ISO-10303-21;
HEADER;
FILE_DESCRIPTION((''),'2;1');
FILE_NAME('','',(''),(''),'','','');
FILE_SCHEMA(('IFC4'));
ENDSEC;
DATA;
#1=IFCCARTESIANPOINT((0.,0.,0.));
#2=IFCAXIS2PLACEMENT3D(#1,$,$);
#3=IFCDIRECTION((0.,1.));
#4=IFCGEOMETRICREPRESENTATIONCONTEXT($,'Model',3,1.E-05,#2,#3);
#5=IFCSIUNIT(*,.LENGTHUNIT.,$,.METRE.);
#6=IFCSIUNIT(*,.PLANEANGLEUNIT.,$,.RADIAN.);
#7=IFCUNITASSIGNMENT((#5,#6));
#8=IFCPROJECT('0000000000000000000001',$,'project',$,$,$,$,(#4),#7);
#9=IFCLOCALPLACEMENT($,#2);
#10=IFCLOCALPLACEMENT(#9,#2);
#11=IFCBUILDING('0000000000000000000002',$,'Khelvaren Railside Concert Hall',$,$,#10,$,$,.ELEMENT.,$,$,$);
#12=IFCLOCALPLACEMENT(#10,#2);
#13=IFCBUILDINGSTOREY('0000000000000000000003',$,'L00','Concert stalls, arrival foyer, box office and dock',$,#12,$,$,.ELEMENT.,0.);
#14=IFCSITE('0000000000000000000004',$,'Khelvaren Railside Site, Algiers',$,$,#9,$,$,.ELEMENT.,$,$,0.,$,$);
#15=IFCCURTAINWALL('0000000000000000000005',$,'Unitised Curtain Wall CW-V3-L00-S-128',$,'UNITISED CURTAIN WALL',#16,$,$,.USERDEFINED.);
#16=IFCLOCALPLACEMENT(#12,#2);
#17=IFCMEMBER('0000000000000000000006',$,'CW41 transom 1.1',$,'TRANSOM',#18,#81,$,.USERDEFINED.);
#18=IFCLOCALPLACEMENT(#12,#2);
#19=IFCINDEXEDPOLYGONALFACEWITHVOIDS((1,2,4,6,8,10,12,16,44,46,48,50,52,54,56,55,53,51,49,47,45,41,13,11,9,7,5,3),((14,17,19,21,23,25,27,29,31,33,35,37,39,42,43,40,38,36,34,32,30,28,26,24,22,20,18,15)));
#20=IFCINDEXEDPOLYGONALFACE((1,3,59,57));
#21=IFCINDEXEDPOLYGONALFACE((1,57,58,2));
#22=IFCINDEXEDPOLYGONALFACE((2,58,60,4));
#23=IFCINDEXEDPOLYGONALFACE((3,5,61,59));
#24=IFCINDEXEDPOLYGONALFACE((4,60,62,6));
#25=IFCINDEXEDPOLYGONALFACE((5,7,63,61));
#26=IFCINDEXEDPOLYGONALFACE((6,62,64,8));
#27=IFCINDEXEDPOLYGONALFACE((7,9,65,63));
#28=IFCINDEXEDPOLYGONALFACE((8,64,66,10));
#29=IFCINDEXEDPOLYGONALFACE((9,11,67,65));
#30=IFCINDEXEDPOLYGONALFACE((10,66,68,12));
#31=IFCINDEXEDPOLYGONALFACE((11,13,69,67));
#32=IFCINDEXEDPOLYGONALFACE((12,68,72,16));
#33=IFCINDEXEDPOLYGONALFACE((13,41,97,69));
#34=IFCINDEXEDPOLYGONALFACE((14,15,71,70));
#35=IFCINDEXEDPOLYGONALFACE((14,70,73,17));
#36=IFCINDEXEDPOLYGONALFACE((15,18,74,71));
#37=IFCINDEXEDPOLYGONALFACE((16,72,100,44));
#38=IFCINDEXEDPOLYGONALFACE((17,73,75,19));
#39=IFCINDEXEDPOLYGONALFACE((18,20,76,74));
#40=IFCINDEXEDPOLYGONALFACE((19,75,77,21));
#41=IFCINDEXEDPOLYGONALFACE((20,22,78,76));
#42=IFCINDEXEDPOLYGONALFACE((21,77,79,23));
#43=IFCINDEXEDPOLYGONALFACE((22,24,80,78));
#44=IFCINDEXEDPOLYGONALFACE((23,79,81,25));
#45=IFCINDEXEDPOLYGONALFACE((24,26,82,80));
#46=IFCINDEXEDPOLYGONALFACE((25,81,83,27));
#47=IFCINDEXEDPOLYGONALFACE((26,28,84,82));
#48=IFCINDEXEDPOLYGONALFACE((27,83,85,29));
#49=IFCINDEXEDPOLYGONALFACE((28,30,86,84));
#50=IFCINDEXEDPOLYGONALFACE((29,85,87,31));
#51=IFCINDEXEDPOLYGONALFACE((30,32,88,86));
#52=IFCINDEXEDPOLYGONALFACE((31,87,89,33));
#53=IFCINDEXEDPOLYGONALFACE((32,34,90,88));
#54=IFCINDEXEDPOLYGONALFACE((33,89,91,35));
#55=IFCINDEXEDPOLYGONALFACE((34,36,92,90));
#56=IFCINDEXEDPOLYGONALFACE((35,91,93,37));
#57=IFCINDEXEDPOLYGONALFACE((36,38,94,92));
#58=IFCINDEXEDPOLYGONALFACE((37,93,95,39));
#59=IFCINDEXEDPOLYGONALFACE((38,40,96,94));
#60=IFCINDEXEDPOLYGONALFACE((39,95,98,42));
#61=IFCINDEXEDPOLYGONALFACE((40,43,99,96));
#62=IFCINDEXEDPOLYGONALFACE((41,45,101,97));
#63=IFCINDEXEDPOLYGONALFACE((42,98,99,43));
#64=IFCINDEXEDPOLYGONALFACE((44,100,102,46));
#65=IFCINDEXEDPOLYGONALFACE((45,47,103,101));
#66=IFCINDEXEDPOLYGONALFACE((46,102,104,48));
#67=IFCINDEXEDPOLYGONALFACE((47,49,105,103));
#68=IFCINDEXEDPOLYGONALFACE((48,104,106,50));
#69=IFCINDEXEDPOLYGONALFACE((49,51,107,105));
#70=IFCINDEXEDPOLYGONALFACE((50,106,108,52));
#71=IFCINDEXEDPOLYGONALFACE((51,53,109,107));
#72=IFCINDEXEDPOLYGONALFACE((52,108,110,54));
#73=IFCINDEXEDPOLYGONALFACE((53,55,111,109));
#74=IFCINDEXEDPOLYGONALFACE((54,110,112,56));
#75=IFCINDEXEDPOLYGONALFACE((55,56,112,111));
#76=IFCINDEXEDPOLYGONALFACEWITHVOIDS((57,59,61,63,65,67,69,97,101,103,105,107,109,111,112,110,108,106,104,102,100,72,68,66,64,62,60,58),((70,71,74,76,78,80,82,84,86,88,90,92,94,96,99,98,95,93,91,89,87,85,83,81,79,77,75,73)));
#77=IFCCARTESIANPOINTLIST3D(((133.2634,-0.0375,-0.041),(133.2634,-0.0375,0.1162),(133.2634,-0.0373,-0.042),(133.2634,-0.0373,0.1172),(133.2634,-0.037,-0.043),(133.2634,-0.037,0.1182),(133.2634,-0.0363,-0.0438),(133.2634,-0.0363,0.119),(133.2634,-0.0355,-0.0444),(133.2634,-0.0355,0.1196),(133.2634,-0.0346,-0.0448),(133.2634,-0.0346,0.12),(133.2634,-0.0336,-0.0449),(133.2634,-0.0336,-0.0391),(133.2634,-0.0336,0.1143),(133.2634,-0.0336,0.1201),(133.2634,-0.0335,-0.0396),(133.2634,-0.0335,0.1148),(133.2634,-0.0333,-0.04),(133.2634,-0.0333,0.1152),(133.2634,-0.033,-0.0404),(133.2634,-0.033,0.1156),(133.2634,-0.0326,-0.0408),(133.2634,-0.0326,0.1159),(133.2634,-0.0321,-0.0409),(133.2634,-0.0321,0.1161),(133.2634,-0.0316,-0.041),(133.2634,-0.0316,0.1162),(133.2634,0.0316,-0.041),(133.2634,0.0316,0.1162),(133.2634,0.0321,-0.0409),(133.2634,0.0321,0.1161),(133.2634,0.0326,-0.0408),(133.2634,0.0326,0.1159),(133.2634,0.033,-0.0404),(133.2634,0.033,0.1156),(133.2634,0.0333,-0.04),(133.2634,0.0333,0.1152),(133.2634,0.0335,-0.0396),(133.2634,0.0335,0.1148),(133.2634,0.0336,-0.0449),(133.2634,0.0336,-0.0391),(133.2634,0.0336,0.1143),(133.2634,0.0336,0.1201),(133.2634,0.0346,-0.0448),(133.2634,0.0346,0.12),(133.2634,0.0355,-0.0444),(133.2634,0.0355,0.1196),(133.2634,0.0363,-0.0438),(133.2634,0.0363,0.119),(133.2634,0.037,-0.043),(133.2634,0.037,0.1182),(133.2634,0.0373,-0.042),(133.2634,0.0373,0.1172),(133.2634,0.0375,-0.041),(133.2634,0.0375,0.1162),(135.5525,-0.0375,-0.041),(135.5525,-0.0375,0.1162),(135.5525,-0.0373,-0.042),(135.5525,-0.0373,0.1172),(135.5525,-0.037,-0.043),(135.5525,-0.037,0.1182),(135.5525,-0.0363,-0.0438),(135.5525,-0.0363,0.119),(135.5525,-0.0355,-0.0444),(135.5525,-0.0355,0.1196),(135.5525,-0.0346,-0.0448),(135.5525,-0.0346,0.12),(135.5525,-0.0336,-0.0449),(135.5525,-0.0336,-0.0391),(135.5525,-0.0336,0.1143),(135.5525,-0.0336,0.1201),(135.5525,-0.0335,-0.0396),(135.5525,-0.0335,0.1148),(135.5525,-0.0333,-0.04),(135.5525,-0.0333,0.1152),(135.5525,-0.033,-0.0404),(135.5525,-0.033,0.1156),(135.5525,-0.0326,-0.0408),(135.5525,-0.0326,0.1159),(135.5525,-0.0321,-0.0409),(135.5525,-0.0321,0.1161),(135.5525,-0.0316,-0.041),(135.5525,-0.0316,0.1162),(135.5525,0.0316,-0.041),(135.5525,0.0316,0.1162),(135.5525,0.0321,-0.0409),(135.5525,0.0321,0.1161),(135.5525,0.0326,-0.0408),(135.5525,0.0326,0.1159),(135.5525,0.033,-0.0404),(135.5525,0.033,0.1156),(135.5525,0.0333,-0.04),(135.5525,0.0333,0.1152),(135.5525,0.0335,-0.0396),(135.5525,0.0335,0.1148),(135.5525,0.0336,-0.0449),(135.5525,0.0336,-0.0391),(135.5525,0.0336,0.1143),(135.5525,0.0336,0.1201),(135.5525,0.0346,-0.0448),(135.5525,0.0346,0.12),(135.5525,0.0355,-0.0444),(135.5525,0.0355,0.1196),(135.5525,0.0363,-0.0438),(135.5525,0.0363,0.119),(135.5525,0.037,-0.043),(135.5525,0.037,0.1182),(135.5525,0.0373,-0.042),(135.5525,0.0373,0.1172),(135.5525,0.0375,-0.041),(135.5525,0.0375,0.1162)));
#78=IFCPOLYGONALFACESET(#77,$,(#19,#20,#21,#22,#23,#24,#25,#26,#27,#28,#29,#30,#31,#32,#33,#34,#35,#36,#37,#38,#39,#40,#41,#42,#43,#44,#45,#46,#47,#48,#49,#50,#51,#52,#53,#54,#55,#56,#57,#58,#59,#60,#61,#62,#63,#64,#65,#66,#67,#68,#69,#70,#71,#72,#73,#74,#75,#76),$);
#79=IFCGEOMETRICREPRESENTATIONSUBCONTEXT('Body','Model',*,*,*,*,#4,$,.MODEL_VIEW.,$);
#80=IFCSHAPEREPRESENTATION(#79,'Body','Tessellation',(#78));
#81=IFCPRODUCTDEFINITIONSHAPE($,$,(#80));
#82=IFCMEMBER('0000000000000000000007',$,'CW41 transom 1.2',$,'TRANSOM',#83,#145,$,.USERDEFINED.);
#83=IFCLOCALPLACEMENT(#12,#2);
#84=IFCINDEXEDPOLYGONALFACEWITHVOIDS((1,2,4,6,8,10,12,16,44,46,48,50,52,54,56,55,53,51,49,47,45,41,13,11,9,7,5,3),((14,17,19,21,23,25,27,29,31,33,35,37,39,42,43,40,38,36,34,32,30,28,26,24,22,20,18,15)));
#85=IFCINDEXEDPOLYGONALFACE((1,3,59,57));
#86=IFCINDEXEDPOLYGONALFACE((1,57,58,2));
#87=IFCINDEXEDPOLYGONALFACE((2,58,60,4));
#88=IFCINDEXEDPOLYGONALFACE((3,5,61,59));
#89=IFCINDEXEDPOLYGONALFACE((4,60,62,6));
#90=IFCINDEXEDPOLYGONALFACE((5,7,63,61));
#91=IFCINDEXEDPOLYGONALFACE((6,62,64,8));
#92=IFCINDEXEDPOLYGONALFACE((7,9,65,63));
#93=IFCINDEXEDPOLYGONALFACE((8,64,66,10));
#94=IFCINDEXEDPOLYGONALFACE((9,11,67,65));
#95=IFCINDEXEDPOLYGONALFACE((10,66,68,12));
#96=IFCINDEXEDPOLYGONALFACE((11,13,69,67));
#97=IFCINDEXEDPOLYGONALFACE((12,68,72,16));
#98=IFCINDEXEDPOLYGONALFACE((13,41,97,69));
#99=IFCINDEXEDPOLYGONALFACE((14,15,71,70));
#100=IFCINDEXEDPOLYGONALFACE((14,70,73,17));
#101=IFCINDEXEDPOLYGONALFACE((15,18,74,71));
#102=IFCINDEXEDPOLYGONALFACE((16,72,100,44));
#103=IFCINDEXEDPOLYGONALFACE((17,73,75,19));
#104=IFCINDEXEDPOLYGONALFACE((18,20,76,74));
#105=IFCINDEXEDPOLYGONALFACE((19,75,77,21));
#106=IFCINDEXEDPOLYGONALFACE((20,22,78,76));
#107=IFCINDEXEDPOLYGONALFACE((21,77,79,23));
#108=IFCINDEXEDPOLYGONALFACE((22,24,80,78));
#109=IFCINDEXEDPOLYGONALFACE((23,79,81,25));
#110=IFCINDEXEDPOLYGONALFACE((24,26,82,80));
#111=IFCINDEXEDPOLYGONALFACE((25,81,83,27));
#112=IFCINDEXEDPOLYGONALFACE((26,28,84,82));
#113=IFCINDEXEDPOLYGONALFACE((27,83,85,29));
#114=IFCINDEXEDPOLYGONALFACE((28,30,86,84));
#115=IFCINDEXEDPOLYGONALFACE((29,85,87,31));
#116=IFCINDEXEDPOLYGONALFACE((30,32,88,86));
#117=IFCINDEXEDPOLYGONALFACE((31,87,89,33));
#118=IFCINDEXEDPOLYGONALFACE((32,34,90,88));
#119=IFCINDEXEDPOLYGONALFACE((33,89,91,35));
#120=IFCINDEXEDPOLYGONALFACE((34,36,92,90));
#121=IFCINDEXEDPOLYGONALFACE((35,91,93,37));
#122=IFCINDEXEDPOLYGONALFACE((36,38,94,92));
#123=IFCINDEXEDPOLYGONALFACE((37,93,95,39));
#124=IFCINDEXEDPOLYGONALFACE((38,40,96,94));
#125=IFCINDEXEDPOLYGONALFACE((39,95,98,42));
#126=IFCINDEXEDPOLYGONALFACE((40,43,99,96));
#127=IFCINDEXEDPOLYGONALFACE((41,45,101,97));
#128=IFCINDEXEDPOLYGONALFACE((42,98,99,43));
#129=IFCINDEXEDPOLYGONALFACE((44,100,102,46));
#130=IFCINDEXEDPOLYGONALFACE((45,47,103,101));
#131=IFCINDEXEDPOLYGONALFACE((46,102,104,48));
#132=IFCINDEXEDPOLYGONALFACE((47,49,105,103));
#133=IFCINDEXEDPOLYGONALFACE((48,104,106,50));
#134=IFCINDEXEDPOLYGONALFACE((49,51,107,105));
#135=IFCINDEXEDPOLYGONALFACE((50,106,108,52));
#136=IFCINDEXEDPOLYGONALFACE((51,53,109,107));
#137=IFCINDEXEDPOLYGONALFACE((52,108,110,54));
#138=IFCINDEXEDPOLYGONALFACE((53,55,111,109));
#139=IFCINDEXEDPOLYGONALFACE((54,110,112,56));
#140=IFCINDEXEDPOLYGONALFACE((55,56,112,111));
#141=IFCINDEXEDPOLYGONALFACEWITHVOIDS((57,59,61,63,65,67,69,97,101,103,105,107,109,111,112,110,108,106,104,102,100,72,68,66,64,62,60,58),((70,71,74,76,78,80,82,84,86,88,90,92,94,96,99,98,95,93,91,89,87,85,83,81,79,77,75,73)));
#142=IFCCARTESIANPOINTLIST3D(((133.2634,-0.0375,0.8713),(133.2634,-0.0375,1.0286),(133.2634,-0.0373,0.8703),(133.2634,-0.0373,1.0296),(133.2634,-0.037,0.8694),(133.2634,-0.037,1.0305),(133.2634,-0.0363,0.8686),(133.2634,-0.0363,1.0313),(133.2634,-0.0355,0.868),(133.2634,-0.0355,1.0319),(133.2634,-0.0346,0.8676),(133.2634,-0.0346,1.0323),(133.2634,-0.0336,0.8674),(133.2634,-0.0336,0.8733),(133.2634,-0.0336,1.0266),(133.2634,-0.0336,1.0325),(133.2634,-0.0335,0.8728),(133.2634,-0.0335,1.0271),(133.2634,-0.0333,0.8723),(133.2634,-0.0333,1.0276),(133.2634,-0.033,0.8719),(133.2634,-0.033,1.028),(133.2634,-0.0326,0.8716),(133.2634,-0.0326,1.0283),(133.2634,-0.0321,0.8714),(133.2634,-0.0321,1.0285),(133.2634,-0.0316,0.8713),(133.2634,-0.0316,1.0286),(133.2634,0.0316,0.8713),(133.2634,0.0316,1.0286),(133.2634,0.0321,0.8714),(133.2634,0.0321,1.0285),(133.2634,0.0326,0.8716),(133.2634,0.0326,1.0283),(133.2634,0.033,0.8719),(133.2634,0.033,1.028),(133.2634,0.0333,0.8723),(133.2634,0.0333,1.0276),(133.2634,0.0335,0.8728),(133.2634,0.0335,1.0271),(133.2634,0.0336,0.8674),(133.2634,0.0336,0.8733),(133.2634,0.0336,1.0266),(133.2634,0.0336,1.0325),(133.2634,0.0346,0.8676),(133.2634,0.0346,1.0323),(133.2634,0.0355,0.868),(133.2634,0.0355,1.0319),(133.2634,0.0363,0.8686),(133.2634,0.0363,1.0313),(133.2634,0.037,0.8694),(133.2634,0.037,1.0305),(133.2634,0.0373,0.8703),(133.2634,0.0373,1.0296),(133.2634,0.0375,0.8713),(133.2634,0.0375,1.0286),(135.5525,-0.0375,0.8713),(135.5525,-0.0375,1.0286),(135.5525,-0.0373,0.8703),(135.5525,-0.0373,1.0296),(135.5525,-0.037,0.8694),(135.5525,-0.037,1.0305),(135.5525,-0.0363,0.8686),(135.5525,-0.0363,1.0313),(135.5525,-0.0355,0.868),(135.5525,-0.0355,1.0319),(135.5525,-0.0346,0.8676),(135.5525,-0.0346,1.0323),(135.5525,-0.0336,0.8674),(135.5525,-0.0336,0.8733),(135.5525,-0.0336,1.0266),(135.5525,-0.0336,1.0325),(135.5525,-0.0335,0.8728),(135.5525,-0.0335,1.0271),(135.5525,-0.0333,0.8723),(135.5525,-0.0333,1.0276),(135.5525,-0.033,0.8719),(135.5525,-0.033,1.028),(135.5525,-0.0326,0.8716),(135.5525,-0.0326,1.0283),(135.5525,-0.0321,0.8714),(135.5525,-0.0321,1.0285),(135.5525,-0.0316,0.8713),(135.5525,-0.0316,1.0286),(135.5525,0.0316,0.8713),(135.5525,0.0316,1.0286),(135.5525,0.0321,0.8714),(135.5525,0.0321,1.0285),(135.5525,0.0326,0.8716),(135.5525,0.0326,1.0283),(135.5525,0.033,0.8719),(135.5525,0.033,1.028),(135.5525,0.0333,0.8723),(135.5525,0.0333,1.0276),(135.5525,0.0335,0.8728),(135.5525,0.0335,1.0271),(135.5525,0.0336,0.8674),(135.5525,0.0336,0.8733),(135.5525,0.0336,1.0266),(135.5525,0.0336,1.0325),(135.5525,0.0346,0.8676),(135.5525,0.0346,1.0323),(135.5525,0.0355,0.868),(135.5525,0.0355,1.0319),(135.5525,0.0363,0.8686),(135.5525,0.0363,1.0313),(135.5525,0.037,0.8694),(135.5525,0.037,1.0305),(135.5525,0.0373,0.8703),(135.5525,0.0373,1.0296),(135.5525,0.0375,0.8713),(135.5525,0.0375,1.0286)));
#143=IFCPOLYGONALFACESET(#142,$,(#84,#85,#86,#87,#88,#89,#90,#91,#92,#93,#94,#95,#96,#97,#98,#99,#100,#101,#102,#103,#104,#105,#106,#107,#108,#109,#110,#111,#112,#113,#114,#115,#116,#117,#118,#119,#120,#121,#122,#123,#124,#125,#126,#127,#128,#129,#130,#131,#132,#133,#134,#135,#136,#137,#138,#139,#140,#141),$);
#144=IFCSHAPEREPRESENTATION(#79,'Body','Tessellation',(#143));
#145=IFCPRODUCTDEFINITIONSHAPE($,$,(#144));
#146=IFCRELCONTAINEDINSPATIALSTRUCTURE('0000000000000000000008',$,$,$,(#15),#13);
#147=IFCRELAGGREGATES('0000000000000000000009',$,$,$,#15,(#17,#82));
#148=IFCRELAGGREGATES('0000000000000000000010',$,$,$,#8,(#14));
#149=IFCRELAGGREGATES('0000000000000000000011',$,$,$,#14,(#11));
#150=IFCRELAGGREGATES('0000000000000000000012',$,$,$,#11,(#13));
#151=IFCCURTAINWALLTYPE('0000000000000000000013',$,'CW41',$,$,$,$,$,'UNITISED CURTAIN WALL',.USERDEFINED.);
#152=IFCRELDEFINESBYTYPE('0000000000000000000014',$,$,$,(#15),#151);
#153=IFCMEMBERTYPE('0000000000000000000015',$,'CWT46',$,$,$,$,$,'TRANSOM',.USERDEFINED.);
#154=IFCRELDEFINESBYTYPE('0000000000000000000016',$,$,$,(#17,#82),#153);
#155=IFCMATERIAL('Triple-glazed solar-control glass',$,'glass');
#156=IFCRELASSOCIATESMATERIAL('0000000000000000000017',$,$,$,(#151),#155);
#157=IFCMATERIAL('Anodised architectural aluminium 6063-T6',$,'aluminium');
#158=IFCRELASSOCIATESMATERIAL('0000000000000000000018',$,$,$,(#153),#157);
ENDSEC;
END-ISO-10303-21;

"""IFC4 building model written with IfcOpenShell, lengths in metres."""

from ifc_helpers import new_model, si_unit, direction, frame, origin, origin_2d, place, context, subcontext, project, spatial, hollow_rectangle, extrude, material, material_profile, profile_set, type_object, element, aggregate, save


model = new_model("IFC4")

# Units and contexts
model_context = context("Model", 3, precision=1e-05, world=origin(), true_north=direction((0.0, 1.0)))
body_context = subcontext(model_context, "Body", "Model", "MODEL_VIEW")
ifc_project = project(units=[si_unit("LENGTHUNIT", "METRE"), si_unit("PLANEANGLEUNIT", "RADIAN")], contexts=[model_context])

# Site, building, storey
site_placement = place(None, origin())
site = spatial("IfcSite", under=ifc_project, at=site_placement, Name="Khelvaren Railside Site, Algiers", CompositionType="ELEMENT", RefElevation=0.0)
building_placement = place(site_placement, origin())
building = spatial("IfcBuilding", under=site, at=building_placement, Name="Khelvaren Railside Concert Hall", CompositionType="ELEMENT")
storey_placement = place(building_placement, origin())
storey = spatial("IfcBuildingStorey", under=building, at=storey_placement, Name="L00", Description="Concert stalls, arrival foyer, box office and dock", CompositionType="ELEMENT", Elevation=0.0)

# Curtain wall, members
ifc_material_1 = material(Name="Triple-glazed solar-control glass", Category="glass")
curtain_wall_type = type_object("IfcCurtainWallType", Name="CW41", ElementType="UNITISED CURTAIN WALL", PredefinedType="USERDEFINED", material=ifc_material_1)
curtain_wall_placement = place(storey_placement, origin())
curtain_wall = element("IfcCurtainWall", 1, at=curtain_wall_placement, inside=storey, type_object=curtain_wall_type, Name="Unitised Curtain Wall CW-V3-L00-S-128", ObjectType="UNITISED CURTAIN WALL", PredefinedType="USERDEFINED")
ifc_material_2 = material(Name="Anodised architectural aluminium 6063-T6", Category="aluminium")
ifc_material_profile_1 = material_profile(ifc_material_2, hollow_rectangle(XDim=0.075, YDim=0.165, WallThickness=0.0039, InnerFilletRadius=0.002, OuterFilletRadius=0.0039, at=origin_2d()), Name="CWT 75x165x4")
ifc_profile_set_1 = profile_set([ifc_material_profile_1], Name="Anodised architectural aluminium 6063-T6")
member_type_1 = type_object("IfcMemberType", Name="CWT46", ElementType="TRANSOM", PredefinedType="USERDEFINED", material=ifc_profile_set_1)
member_1_placement = place(storey_placement, frame((135.5525, 0.0, 0.0376), z_axis=(-1.0, 0.0, 0.0), x_axis=(0.0, -1.0, 0.0)))
member_1 = element("IfcMember", 2, at=member_1_placement, type_object=member_type_1, Name="CW41 transom 1.1", ObjectType="TRANSOM", PredefinedType="USERDEFINED", context=body_context, shape_type="SweptSolid", body=[
    extrude(hollow_rectangle(XDim=0.075, YDim=0.165, WallThickness=0.0039, InnerFilletRadius=0.002, OuterFilletRadius=0.0039, at=origin_2d()), origin(), (0.0, 0.0, 1.0), 2.2891),
])
member_2_placement = place(storey_placement, frame((135.5525, 0.0, 0.95), z_axis=(-1.0, 0.0, 0.0), x_axis=(0.0, -1.0, 0.0)))
member_2 = element("IfcMember", 3, at=member_2_placement, type_object=member_type_1, Name="CW41 transom 1.2", ObjectType="TRANSOM", PredefinedType="USERDEFINED", context=body_context, shape_type="SweptSolid", body=[
    extrude(hollow_rectangle(XDim=0.075, YDim=0.165, WallThickness=0.0039, InnerFilletRadius=0.002, OuterFilletRadius=0.0039, at=origin_2d()), origin(), (0.0, 0.0, 1.0), 2.2891),
])

aggregate(curtain_wall, [member_1, member_2])

save(model, "model.ifc")
